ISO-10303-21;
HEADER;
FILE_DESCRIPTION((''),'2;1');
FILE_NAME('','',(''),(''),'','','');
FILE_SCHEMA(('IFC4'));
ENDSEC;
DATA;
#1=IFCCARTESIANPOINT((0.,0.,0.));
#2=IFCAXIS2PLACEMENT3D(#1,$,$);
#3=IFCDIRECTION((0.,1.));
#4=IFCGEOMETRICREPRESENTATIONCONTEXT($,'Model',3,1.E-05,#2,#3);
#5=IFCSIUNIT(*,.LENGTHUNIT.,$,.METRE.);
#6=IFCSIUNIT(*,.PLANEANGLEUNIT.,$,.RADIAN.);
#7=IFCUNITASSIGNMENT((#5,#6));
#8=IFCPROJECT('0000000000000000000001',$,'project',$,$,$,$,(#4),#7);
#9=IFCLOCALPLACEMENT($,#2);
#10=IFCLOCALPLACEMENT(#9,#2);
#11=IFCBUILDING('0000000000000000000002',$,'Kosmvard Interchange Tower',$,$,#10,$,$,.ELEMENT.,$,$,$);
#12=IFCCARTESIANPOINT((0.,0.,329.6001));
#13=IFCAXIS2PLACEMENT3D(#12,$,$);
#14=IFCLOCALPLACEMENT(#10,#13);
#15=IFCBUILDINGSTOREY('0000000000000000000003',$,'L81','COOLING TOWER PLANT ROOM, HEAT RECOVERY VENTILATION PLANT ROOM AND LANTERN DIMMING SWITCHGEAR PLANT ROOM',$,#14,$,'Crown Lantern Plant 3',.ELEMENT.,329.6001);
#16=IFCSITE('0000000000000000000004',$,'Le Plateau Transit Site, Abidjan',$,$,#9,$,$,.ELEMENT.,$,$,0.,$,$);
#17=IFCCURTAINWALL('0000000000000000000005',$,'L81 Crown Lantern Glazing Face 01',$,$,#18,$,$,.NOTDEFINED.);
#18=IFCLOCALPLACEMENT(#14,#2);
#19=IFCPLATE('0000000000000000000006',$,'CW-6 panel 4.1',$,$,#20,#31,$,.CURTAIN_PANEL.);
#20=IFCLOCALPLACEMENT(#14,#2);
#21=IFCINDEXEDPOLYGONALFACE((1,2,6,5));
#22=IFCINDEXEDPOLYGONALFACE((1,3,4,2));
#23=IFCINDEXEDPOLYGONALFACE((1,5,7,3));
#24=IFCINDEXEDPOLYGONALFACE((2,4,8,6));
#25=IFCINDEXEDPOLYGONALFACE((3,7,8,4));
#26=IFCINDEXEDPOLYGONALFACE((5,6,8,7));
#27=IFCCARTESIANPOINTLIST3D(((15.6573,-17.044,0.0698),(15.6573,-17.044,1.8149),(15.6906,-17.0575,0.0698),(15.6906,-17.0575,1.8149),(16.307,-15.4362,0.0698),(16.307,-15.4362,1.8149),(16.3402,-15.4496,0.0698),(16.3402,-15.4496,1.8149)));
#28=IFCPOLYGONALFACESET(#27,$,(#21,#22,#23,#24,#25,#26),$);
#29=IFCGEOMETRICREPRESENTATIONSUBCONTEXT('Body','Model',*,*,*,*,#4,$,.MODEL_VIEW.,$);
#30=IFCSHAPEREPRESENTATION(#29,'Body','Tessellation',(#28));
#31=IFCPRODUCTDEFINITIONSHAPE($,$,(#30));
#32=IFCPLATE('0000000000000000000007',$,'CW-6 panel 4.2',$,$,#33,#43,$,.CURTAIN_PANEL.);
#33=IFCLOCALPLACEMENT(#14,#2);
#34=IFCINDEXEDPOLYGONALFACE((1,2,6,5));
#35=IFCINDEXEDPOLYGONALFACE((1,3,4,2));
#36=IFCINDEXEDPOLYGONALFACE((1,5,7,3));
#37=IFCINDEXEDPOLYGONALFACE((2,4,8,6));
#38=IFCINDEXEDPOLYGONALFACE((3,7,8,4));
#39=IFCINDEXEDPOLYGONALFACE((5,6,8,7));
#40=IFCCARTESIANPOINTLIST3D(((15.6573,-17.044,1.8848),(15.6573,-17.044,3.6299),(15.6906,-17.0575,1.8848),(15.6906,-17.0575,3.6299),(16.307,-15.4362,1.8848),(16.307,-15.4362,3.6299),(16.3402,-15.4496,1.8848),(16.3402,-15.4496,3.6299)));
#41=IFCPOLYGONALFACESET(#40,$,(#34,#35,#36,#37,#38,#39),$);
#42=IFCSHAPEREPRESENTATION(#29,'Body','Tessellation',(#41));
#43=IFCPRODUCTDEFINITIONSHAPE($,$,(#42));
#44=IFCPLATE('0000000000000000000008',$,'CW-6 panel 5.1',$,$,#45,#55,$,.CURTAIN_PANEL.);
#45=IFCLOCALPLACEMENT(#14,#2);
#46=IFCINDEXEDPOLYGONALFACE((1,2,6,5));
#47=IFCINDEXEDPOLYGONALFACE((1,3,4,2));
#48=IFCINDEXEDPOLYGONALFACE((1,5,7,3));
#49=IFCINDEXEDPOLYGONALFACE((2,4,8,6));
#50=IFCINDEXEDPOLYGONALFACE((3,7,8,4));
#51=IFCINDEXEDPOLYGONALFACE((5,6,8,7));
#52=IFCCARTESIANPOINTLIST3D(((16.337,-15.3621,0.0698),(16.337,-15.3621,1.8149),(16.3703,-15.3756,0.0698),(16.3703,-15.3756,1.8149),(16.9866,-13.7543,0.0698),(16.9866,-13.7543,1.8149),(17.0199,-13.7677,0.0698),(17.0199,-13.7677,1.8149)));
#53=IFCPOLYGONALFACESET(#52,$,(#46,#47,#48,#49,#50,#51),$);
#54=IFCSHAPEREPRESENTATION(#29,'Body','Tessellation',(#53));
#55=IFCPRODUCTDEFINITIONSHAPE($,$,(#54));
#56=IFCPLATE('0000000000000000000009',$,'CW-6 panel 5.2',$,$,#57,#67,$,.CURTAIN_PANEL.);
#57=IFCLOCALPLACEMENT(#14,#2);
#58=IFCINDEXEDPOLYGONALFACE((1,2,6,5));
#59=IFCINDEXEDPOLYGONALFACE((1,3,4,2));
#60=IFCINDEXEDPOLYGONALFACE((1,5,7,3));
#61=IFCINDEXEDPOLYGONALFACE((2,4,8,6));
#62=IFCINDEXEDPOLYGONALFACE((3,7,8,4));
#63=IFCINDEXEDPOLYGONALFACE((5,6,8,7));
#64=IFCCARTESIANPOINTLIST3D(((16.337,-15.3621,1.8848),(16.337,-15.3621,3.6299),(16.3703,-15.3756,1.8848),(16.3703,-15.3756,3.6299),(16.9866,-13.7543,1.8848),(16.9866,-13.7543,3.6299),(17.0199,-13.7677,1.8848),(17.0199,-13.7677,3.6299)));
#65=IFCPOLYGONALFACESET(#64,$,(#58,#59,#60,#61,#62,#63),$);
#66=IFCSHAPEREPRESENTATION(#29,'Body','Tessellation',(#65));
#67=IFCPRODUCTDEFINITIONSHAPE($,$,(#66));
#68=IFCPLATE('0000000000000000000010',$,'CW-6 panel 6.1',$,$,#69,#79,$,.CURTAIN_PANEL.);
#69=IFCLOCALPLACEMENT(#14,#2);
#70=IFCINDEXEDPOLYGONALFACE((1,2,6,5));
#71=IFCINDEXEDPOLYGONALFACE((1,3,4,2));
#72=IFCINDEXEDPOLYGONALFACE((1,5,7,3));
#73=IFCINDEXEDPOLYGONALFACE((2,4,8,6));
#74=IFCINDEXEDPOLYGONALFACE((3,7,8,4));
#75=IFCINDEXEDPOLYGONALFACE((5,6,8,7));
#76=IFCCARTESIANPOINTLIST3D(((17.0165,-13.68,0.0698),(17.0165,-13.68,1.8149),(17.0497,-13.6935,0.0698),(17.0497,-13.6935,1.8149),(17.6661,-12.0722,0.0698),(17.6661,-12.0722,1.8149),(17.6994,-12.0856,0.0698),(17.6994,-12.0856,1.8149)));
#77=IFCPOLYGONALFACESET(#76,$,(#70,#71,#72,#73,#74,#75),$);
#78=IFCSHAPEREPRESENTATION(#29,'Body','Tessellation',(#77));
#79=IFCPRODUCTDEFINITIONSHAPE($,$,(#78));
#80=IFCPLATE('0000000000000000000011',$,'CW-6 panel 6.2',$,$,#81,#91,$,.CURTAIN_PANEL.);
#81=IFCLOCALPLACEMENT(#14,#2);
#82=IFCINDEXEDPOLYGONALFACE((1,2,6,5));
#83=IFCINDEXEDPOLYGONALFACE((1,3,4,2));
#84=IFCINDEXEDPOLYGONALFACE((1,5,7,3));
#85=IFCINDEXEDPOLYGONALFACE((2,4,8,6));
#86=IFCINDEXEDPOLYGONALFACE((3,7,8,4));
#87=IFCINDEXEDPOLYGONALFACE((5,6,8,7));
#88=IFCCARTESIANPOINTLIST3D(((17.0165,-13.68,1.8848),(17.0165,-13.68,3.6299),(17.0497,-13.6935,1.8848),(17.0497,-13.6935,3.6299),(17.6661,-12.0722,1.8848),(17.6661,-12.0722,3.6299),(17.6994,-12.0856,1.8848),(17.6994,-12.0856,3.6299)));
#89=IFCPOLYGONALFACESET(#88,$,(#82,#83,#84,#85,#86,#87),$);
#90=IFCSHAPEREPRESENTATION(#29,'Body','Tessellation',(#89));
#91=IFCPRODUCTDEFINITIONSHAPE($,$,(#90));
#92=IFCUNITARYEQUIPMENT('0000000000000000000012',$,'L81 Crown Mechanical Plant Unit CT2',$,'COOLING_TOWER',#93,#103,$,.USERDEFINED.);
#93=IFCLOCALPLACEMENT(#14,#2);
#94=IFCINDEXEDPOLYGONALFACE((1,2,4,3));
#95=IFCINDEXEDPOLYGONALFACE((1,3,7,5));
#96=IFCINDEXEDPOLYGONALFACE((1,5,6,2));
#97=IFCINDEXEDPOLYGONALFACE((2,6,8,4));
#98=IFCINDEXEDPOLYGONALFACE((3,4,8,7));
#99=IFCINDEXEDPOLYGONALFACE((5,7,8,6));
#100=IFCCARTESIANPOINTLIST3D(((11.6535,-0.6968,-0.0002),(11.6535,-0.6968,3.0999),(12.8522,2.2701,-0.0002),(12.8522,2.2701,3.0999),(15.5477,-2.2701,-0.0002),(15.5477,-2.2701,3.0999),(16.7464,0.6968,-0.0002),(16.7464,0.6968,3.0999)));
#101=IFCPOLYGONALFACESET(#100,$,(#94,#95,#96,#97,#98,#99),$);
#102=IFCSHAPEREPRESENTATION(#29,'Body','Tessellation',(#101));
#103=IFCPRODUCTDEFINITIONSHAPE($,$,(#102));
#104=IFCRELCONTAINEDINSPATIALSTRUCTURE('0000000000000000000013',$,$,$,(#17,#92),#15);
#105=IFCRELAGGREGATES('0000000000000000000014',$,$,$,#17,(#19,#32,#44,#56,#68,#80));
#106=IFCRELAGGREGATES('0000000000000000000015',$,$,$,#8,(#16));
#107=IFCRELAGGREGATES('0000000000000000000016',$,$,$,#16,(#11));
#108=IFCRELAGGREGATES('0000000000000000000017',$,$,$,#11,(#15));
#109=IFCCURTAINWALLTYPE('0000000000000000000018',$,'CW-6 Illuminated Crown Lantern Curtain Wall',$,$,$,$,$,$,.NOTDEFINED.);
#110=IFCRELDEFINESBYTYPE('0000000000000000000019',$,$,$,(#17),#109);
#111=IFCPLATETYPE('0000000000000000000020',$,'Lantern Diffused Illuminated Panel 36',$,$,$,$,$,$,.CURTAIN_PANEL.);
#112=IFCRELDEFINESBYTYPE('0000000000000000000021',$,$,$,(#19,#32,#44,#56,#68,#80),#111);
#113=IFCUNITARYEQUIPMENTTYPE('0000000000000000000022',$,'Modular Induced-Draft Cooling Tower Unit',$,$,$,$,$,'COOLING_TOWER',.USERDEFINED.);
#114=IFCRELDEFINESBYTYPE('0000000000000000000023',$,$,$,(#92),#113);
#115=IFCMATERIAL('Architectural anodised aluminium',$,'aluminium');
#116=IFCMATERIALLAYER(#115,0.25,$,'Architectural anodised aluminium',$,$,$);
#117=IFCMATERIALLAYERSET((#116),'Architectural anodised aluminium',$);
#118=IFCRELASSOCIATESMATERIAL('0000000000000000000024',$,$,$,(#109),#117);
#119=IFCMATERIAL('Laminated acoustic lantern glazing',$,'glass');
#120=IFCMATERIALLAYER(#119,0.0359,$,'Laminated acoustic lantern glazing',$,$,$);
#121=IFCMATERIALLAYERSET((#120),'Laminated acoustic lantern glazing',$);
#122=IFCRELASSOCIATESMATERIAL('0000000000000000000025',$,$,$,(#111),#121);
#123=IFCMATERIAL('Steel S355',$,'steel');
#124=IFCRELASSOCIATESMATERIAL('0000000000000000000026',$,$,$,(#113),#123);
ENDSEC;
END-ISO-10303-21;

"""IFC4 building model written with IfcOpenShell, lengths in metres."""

from ifc_helpers import new_model, si_unit, direction, frame, origin, origin_2d, place, context, subcontext, project, spatial, rectangle, extrude, source, transform, mapped, material, layer, layer_set, type_object, element, aggregate, save


model = new_model("IFC4")

# Units and contexts
model_context = context("Model", 3, precision=1e-05, world=origin(), true_north=direction((0.0, 1.0)))
body_context = subcontext(model_context, "Body", "Model", "MODEL_VIEW")
ifc_project = project(units=[si_unit("LENGTHUNIT", "METRE"), si_unit("PLANEANGLEUNIT", "RADIAN")], contexts=[model_context])

# Site, building, storey
site_placement = place(None, origin())
site = spatial("IfcSite", under=ifc_project, at=site_placement, Name="Le Plateau Transit Site, Abidjan", CompositionType="ELEMENT", RefElevation=0.0)
building_placement = place(site_placement, origin())
building = spatial("IfcBuilding", under=site, at=building_placement, Name="Kosmvard Interchange Tower", CompositionType="ELEMENT")
storey_placement = place(building_placement, frame((0.0, 0.0, 329.6001)))
storey = spatial("IfcBuildingStorey", under=building, at=storey_placement, Name="L81", Description="COOLING TOWER PLANT ROOM, HEAT RECOVERY VENTILATION PLANT ROOM AND LANTERN DIMMING SWITCHGEAR PLANT ROOM", LongName="Crown Lantern Plant 3", CompositionType="ELEMENT", Elevation=329.6001)

# Shared definitions
ifc_material_1 = material(Name="Steel S355", Category="steel")

# Curtain wall
ifc_material_2 = material(Name="Architectural anodised aluminium", Category="aluminium")
ifc_layer_1 = layer(ifc_material_2, 0.25, Name="Architectural anodised aluminium")
ifc_layer_set_1 = layer_set([ifc_layer_1], Name="Architectural anodised aluminium")
curtain_wall_type = type_object("IfcCurtainWallType", Name="CW-6 Illuminated Crown Lantern Curtain Wall", PredefinedType="NOTDEFINED", material=ifc_layer_set_1)
curtain_wall_placement = place(storey_placement, origin())
curtain_wall = element("IfcCurtainWall", 1, at=curtain_wall_placement, inside=storey, type_object=curtain_wall_type, Name="L81 Crown Lantern Glazing Face 01", PredefinedType="NOTDEFINED")

# Plates
ifc_material_3 = material(Name="Laminated acoustic lantern glazing", Category="glass")
ifc_layer_2 = layer(ifc_material_3, 0.0359, Name="Laminated acoustic lantern glazing")
ifc_layer_set_2 = layer_set([ifc_layer_2], Name="Laminated acoustic lantern glazing")
plate_type_1 = type_object("IfcPlateType", Name="Lantern Diffused Illuminated Panel 36", PredefinedType="CURTAIN_PANEL", material=ifc_layer_set_2)
shared_shape_1 = source(origin(), body_context, "Body", "SweptSolid", [
    extrude(rectangle(XDim=1.7341, YDim=0.0359, at=origin_2d()), origin(), (0.0, 0.0, 1.0), 1.7451),
])
plate_1_placement = place(storey_placement, frame((15.9988, -16.2468, 0.0698), z_axis=(0.0, 0.0, 1.0), x_axis=(0.374607, 0.927184, 0.0)))
plate_1 = element("IfcPlate", 2, at=plate_1_placement, type_object=plate_type_1, Name="CW-6 panel 4.1", PredefinedType="CURTAIN_PANEL", context=body_context, shape_type="MappedRepresentation", body=[
    mapped(shared_shape_1, transform((0.0, 0.0, 0.0), scale=1.0)),
])
plate_2_placement = place(storey_placement, frame((15.9988, -16.2468, 1.8848), z_axis=(0.0, 0.0, 1.0), x_axis=(0.374607, 0.927184, 0.0)))
plate_2 = element("IfcPlate", 3, at=plate_2_placement, type_object=plate_type_1, Name="CW-6 panel 4.2", PredefinedType="CURTAIN_PANEL", context=body_context, shape_type="MappedRepresentation", body=[
    mapped(shared_shape_1, transform((0.0, 0.0, 0.0), scale=1.0)),
])
plate_3_placement = place(storey_placement, frame((16.6785, -14.5649, 0.0698), z_axis=(0.0, 0.0, 1.0), x_axis=(0.374607, 0.927184, 0.0)))
plate_3 = element("IfcPlate", 4, at=plate_3_placement, type_object=plate_type_1, Name="CW-6 panel 5.1", PredefinedType="CURTAIN_PANEL", context=body_context, shape_type="MappedRepresentation", body=[
    mapped(shared_shape_1, transform((0.0, 0.0, 0.0), scale=1.0)),
])
plate_4_placement = place(storey_placement, frame((16.6785, -14.5649, 1.8848), z_axis=(0.0, 0.0, 1.0), x_axis=(0.374607, 0.927184, 0.0)))
plate_4 = element("IfcPlate", 5, at=plate_4_placement, type_object=plate_type_1, Name="CW-6 panel 5.2", PredefinedType="CURTAIN_PANEL", context=body_context, shape_type="MappedRepresentation", body=[
    mapped(shared_shape_1, transform((0.0, 0.0, 0.0), scale=1.0)),
])
plate_5_placement = place(storey_placement, frame((17.3579, -12.8828, 0.0698), z_axis=(0.0, 0.0, 1.0), x_axis=(0.374607, 0.927184, 0.0)))
plate_5 = element("IfcPlate", 6, at=plate_5_placement, type_object=plate_type_1, Name="CW-6 panel 6.1", PredefinedType="CURTAIN_PANEL", context=body_context, shape_type="MappedRepresentation", body=[
    mapped(shared_shape_1, transform((0.0, 0.0, 0.0), scale=1.0)),
])
plate_6_placement = place(storey_placement, frame((17.3579, -12.8828, 1.8848), z_axis=(0.0, 0.0, 1.0), x_axis=(0.374607, 0.927184, 0.0)))
plate_6 = element("IfcPlate", 7, at=plate_6_placement, type_object=plate_type_1, Name="CW-6 panel 6.2", PredefinedType="CURTAIN_PANEL", context=body_context, shape_type="MappedRepresentation", body=[
    mapped(shared_shape_1, transform((0.0, 0.0, 0.0), scale=1.0)),
])
aggregate(curtain_wall, [plate_1, plate_2, plate_3, plate_4, plate_5, plate_6])

# Unitary equipment
unitary_equipment_type = type_object("IfcUnitaryEquipmentType", Name="Modular Induced-Draft Cooling Tower Unit", ElementType="COOLING_TOWER", PredefinedType="USERDEFINED", material=ifc_material_1)
shared_shape_2 = source(origin(), body_context, "Body", "SweptSolid", [
    extrude(rectangle(XDim=3.2, YDim=4.2, at=origin_2d()), origin(), (0.0, 0.0, 1.0), 3.1001),
])
unitary_equipment_placement = place(storey_placement, frame((14.2, 0.0, -0.0002), z_axis=(0.0, 0.0, 1.0), x_axis=(0.374607, 0.927184, 0.0)))
element("IfcUnitaryEquipment", 8, at=unitary_equipment_placement, inside=storey, type_object=unitary_equipment_type, Name="L81 Crown Mechanical Plant Unit CT2", ObjectType="COOLING_TOWER", PredefinedType="USERDEFINED", context=body_context, shape_type="MappedRepresentation", body=[
    mapped(shared_shape_2, transform((0.0, 0.0, 0.0), scale=1.0)),
])

save(model, "model.ifc")
